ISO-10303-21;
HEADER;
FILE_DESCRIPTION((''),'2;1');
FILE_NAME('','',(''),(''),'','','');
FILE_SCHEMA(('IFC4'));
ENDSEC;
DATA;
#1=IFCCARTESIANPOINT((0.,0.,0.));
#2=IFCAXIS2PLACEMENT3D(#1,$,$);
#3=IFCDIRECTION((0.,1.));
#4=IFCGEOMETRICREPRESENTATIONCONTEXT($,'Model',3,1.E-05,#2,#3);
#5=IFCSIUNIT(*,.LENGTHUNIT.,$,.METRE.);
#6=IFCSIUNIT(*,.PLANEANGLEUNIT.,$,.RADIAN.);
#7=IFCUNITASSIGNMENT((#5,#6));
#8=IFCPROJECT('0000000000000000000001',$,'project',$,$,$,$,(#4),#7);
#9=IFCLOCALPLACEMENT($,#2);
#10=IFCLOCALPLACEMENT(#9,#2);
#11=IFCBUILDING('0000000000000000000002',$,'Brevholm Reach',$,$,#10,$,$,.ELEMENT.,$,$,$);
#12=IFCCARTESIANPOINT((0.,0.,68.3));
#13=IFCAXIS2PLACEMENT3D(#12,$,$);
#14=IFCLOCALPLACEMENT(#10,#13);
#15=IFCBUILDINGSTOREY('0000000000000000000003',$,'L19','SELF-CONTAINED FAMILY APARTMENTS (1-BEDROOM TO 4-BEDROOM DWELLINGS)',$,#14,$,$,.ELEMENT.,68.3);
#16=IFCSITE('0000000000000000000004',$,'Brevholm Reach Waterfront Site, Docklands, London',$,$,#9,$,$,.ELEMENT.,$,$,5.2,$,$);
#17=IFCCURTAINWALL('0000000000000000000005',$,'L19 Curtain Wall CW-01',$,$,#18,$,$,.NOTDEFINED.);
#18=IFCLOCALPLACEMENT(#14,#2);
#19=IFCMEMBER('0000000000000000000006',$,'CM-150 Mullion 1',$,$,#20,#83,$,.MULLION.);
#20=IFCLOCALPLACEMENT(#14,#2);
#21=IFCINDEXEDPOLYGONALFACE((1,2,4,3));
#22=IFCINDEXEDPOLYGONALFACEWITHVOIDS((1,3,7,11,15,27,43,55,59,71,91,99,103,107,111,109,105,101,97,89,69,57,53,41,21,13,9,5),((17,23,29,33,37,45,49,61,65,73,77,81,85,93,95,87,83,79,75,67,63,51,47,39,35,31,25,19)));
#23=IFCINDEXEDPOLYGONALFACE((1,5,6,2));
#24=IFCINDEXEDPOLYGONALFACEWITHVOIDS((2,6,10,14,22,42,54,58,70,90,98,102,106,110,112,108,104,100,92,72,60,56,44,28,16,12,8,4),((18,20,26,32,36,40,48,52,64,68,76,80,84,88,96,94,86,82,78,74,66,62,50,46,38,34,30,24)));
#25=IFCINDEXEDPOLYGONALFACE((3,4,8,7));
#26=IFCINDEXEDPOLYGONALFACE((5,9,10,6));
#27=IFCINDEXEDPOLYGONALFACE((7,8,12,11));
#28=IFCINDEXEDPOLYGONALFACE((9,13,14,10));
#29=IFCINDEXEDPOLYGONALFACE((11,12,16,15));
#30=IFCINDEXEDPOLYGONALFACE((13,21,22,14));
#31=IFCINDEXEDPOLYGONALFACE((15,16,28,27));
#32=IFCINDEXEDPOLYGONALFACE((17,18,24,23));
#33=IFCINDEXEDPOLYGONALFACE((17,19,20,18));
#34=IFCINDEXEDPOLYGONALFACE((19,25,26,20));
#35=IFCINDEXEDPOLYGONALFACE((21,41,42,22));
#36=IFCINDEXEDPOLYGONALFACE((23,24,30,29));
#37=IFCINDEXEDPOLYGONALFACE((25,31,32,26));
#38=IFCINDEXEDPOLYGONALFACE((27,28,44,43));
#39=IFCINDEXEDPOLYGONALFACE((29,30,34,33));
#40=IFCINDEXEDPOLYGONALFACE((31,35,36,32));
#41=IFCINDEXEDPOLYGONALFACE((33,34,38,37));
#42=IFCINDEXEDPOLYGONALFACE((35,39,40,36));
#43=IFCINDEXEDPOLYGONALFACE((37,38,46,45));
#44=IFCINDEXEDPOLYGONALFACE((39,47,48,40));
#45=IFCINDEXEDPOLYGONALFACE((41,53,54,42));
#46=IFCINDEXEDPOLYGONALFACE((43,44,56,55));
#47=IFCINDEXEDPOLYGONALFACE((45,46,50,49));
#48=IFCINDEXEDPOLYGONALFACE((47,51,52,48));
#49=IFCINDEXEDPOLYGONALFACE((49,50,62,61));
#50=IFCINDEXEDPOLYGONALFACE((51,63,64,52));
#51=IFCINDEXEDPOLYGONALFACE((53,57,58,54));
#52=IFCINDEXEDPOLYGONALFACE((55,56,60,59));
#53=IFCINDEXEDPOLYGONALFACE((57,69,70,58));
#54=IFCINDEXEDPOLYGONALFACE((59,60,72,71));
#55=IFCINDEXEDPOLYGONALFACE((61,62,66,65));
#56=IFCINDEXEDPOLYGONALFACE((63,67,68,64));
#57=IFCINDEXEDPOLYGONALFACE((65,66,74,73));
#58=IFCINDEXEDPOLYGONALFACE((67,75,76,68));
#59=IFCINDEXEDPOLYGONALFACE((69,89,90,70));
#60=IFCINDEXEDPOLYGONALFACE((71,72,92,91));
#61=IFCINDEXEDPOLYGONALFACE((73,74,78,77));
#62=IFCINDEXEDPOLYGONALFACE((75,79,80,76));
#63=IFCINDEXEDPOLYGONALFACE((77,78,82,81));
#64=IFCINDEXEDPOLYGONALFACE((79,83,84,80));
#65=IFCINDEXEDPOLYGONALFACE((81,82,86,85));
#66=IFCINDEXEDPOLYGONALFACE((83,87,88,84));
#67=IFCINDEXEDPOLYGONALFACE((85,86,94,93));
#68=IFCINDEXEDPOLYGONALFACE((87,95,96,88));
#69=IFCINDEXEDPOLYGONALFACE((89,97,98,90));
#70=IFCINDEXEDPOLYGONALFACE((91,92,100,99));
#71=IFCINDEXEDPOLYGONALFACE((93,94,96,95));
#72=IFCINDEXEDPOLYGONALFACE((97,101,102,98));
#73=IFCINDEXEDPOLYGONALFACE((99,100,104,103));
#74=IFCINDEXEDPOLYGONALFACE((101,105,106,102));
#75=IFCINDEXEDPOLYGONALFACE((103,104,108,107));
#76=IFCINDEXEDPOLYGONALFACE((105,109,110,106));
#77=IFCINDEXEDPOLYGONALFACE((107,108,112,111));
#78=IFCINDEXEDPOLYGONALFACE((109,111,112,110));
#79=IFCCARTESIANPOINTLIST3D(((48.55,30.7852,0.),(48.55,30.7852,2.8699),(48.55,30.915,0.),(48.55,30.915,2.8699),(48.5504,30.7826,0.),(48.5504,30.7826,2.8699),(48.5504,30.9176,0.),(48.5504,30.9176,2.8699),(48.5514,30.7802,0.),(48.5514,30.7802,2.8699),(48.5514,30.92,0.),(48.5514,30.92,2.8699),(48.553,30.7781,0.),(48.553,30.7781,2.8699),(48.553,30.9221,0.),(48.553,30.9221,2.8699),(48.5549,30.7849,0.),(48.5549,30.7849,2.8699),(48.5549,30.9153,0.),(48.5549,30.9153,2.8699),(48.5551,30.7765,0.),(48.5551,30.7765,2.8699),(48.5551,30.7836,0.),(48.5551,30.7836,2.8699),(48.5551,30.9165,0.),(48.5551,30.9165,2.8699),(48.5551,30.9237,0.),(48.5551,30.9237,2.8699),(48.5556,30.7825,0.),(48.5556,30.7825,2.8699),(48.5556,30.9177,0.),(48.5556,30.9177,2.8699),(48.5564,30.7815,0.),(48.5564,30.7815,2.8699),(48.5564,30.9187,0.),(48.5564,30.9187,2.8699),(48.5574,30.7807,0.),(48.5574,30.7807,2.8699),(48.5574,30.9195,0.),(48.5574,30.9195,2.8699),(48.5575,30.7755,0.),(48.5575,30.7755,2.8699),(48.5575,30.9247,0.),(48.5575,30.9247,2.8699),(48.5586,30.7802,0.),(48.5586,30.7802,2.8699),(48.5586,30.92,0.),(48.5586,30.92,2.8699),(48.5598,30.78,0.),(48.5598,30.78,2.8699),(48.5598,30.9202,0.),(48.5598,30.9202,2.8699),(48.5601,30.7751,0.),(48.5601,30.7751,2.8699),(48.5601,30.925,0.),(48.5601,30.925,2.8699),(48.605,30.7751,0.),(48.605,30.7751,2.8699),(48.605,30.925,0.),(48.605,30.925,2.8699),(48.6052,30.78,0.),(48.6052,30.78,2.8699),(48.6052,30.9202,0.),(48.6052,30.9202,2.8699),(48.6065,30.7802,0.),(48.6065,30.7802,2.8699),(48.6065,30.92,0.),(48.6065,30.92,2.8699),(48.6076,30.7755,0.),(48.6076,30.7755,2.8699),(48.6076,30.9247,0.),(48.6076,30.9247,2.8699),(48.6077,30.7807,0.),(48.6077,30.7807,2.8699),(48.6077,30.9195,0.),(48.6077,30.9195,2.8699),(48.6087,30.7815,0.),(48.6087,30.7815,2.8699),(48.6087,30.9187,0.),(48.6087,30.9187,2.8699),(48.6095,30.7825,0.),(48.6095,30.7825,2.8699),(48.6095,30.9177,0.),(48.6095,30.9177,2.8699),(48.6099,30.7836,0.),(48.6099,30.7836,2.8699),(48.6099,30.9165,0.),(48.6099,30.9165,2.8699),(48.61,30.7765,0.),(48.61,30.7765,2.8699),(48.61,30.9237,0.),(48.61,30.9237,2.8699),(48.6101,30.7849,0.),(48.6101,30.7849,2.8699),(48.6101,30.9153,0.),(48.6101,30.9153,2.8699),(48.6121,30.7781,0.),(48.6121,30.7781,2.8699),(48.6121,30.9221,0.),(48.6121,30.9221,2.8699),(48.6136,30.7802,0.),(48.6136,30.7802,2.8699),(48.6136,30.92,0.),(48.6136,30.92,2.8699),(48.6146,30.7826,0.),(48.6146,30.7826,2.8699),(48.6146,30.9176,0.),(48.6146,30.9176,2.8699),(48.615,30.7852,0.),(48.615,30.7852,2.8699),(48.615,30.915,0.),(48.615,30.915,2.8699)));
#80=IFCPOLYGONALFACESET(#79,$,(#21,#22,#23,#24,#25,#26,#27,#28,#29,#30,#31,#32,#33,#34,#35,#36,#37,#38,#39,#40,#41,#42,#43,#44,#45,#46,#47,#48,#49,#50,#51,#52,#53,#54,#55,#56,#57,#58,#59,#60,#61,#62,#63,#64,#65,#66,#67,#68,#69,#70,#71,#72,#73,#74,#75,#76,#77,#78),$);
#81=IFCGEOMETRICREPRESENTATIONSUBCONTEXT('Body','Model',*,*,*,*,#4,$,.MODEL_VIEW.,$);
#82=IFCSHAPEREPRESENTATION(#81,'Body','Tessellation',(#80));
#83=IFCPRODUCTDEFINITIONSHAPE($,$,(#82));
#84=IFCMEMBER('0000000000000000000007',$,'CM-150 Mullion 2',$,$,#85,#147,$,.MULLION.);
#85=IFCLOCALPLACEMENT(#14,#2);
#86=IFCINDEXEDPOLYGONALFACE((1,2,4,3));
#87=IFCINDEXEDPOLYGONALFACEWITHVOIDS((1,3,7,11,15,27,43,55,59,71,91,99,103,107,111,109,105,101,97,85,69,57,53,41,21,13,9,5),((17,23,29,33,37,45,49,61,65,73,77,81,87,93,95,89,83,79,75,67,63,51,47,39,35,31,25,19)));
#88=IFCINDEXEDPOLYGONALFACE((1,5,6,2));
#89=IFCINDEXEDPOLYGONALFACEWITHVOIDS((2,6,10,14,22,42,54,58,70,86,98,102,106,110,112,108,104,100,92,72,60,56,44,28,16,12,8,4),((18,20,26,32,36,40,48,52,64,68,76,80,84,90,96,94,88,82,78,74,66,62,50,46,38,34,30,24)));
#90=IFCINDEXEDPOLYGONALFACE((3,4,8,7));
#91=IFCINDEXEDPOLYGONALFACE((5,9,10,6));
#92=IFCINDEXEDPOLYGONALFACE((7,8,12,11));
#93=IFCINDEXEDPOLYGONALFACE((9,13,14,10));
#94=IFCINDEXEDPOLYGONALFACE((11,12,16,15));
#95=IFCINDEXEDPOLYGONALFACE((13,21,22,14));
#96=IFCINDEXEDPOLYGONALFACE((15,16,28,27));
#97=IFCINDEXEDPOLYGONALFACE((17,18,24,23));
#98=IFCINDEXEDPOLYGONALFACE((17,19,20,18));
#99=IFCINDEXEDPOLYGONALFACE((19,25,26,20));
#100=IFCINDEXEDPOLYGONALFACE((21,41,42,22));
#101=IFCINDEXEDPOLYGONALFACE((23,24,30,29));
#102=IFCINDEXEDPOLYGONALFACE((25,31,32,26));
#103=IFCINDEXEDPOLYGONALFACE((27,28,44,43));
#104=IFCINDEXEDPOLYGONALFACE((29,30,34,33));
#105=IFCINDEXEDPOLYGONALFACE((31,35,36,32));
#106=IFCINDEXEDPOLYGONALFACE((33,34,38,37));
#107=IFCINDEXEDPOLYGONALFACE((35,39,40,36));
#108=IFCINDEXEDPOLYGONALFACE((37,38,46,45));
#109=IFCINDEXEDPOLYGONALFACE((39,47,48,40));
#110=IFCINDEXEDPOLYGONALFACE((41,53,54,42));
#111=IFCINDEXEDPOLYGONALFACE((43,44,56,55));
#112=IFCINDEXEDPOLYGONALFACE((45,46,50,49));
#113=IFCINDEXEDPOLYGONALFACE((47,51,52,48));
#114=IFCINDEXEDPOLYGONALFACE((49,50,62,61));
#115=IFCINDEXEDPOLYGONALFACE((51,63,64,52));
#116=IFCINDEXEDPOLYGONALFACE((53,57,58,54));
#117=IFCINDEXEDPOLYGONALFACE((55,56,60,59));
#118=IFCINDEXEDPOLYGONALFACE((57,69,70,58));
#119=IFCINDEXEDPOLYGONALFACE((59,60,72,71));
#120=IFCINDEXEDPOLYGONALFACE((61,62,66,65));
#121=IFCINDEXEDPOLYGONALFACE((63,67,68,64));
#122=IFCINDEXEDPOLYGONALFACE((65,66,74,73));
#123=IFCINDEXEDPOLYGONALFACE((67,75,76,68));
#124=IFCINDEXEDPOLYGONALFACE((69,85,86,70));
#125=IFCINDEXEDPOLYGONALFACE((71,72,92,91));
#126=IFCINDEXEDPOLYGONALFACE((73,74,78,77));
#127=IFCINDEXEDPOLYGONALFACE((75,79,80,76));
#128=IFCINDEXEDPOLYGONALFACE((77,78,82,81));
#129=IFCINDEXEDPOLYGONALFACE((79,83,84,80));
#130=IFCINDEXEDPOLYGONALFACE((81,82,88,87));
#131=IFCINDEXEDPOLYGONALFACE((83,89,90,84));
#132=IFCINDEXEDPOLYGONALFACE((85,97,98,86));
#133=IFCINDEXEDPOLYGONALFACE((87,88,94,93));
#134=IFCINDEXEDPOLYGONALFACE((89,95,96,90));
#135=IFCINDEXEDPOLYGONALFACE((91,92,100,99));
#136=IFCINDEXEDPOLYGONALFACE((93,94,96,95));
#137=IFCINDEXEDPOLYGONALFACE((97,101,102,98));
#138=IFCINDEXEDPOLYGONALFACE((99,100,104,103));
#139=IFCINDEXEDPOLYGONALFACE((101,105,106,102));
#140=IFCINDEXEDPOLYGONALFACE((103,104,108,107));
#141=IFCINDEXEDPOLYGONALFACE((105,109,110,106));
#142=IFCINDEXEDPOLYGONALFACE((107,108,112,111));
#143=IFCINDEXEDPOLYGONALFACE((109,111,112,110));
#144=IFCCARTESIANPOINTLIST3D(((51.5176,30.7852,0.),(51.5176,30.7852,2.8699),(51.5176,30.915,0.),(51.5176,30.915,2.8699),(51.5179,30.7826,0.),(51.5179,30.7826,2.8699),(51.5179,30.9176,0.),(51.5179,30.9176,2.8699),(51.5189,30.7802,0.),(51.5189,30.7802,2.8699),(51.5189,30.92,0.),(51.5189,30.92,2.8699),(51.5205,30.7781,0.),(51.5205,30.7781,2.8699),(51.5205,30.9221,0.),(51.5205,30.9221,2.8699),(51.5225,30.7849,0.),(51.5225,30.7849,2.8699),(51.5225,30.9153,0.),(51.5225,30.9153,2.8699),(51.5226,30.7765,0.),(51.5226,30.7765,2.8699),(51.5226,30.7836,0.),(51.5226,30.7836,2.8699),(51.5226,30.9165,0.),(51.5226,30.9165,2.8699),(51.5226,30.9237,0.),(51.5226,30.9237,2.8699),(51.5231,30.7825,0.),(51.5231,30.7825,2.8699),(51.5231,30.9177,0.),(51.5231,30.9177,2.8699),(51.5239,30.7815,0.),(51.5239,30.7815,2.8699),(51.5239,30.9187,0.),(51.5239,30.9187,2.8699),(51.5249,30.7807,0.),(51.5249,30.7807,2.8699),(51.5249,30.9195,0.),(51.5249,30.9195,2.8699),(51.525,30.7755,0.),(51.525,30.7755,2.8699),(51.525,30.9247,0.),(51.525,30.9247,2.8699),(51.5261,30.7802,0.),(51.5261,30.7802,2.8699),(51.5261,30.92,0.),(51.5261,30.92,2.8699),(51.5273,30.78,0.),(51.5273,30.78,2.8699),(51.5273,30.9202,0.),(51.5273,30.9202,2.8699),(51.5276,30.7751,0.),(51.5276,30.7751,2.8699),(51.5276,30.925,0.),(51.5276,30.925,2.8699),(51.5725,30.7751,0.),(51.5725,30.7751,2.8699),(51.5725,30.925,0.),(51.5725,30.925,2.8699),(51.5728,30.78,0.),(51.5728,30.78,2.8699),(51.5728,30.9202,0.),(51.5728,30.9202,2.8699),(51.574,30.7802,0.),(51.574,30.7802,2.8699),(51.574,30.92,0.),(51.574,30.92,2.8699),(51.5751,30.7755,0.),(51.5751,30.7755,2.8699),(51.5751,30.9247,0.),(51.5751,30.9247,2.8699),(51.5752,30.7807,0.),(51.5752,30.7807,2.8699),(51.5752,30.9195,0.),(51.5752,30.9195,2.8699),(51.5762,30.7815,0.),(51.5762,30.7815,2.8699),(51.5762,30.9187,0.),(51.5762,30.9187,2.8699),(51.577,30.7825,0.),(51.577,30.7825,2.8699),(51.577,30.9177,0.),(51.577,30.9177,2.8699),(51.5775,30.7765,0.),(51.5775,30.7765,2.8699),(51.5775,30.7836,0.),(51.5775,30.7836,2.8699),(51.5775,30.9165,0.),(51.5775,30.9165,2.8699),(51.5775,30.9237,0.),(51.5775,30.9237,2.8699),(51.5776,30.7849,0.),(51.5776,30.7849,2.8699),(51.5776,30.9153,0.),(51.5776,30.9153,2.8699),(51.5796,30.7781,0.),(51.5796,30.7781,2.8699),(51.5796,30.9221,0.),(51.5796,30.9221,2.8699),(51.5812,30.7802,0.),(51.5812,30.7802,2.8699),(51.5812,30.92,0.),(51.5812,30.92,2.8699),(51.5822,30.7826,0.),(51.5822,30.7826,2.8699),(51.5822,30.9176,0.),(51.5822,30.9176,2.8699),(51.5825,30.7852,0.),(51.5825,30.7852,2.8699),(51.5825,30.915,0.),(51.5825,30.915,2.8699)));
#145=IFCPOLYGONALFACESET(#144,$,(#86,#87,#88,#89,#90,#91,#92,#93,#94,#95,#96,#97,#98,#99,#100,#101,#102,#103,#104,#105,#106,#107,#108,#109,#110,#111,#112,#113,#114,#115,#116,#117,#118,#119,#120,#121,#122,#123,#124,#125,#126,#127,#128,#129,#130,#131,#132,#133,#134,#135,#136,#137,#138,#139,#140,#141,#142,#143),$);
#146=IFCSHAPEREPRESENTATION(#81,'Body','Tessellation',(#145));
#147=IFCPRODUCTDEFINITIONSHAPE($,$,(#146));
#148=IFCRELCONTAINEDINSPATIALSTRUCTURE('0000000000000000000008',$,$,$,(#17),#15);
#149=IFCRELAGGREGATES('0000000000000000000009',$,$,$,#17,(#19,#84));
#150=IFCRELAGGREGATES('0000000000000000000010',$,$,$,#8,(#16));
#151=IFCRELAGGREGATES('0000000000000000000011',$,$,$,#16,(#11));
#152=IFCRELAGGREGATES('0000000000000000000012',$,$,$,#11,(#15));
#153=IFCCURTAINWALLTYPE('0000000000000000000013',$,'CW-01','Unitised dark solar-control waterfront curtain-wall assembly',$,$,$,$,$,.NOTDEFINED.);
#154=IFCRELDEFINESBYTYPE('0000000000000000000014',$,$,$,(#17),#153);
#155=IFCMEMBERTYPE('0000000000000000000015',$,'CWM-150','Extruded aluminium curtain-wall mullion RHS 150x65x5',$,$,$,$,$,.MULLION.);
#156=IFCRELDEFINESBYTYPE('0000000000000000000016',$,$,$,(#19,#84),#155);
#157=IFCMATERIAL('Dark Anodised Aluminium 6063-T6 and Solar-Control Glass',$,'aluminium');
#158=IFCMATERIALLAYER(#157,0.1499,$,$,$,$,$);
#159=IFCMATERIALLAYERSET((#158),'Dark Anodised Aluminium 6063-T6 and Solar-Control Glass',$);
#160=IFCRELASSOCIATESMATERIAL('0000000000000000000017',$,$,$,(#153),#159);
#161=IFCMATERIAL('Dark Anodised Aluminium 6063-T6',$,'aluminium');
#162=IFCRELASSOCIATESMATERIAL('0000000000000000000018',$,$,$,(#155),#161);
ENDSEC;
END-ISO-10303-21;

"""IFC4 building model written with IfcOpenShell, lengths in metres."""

from ifc_helpers import new_model, si_unit, direction, frame, origin, origin_2d, place, context, subcontext, project, spatial, hollow_rectangle, extrude, material, layer, layer_set, material_profile, profile_set, type_object, element, aggregate, save


model = new_model("IFC4")

# Units and contexts
model_context = context("Model", 3, precision=1e-05, world=origin(), true_north=direction((0.0, 1.0)))
body_context = subcontext(model_context, "Body", "Model", "MODEL_VIEW")
ifc_project = project(units=[si_unit("LENGTHUNIT", "METRE"), si_unit("PLANEANGLEUNIT", "RADIAN")], contexts=[model_context])

# Site, building, storey
site_placement = place(None, origin())
site = spatial("IfcSite", under=ifc_project, at=site_placement, Name="Brevholm Reach Waterfront Site, Docklands, London", CompositionType="ELEMENT", RefElevation=5.2)
building_placement = place(site_placement, origin())
building = spatial("IfcBuilding", under=site, at=building_placement, Name="Brevholm Reach", CompositionType="ELEMENT")
storey_placement = place(building_placement, frame((0.0, 0.0, 68.3)))
storey = spatial("IfcBuildingStorey", under=building, at=storey_placement, Name="L19", Description="SELF-CONTAINED FAMILY APARTMENTS (1-BEDROOM TO 4-BEDROOM DWELLINGS)", CompositionType="ELEMENT", Elevation=68.3)

# Curtain wall, members
ifc_material_1 = material(Name="Dark Anodised Aluminium 6063-T6 and Solar-Control Glass", Category="aluminium")
ifc_layer_1 = layer(ifc_material_1, 0.1499)
ifc_layer_set_1 = layer_set([ifc_layer_1], Name="Dark Anodised Aluminium 6063-T6 and Solar-Control Glass")
curtain_wall_type = type_object("IfcCurtainWallType", Name="CW-01", Description="Unitised dark solar-control waterfront curtain-wall assembly", PredefinedType="NOTDEFINED", material=ifc_layer_set_1)
curtain_wall_placement = place(storey_placement, origin())
curtain_wall = element("IfcCurtainWall", 1, at=curtain_wall_placement, inside=storey, type_object=curtain_wall_type, Name="L19 Curtain Wall CW-01", PredefinedType="NOTDEFINED")
ifc_material_2 = material(Name="Dark Anodised Aluminium 6063-T6", Category="aluminium")
ifc_material_profile_1 = material_profile(ifc_material_2, hollow_rectangle(XDim=0.0649, YDim=0.1499, WallThickness=0.0049, InnerFilletRadius=0.0049, OuterFilletRadius=0.01, at=origin_2d()), Name="RHS 150x65x5")
ifc_profile_set_1 = profile_set([ifc_material_profile_1], Name="Dark Anodised Aluminium 6063-T6")
member_type_1 = type_object("IfcMemberType", Name="CWM-150", Description="Extruded aluminium curtain-wall mullion RHS 150x65x5", PredefinedType="MULLION", material=ifc_profile_set_1)
member_1_placement = place(storey_placement, frame((48.5825, 30.8501, 0.0), z_axis=(0.0, 0.0, 1.0), x_axis=(1.0, 0.0, 0.0)))
member_1 = element("IfcMember", 2, at=member_1_placement, type_object=member_type_1, Name="CM-150 Mullion 1", PredefinedType="MULLION", context=body_context, shape_type="SweptSolid", body=[
    extrude(hollow_rectangle(XDim=0.0649, YDim=0.1499, WallThickness=0.0049, InnerFilletRadius=0.0049, OuterFilletRadius=0.01, at=origin_2d()), origin(), (0.0, 0.0, 1.0), 2.8699),
])
member_2_placement = place(storey_placement, frame((51.55, 30.8501, 0.0), z_axis=(0.0, 0.0, 1.0), x_axis=(1.0, 0.0, 0.0)))
member_2 = element("IfcMember", 3, at=member_2_placement, type_object=member_type_1, Name="CM-150 Mullion 2", PredefinedType="MULLION", context=body_context, shape_type="SweptSolid", body=[
    extrude(hollow_rectangle(XDim=0.0649, YDim=0.1499, WallThickness=0.0049, InnerFilletRadius=0.0049, OuterFilletRadius=0.01, at=origin_2d()), origin(), (0.0, 0.0, 1.0), 2.8699),
])
aggregate(curtain_wall, [member_1, member_2])

save(model, "model.ifc")
